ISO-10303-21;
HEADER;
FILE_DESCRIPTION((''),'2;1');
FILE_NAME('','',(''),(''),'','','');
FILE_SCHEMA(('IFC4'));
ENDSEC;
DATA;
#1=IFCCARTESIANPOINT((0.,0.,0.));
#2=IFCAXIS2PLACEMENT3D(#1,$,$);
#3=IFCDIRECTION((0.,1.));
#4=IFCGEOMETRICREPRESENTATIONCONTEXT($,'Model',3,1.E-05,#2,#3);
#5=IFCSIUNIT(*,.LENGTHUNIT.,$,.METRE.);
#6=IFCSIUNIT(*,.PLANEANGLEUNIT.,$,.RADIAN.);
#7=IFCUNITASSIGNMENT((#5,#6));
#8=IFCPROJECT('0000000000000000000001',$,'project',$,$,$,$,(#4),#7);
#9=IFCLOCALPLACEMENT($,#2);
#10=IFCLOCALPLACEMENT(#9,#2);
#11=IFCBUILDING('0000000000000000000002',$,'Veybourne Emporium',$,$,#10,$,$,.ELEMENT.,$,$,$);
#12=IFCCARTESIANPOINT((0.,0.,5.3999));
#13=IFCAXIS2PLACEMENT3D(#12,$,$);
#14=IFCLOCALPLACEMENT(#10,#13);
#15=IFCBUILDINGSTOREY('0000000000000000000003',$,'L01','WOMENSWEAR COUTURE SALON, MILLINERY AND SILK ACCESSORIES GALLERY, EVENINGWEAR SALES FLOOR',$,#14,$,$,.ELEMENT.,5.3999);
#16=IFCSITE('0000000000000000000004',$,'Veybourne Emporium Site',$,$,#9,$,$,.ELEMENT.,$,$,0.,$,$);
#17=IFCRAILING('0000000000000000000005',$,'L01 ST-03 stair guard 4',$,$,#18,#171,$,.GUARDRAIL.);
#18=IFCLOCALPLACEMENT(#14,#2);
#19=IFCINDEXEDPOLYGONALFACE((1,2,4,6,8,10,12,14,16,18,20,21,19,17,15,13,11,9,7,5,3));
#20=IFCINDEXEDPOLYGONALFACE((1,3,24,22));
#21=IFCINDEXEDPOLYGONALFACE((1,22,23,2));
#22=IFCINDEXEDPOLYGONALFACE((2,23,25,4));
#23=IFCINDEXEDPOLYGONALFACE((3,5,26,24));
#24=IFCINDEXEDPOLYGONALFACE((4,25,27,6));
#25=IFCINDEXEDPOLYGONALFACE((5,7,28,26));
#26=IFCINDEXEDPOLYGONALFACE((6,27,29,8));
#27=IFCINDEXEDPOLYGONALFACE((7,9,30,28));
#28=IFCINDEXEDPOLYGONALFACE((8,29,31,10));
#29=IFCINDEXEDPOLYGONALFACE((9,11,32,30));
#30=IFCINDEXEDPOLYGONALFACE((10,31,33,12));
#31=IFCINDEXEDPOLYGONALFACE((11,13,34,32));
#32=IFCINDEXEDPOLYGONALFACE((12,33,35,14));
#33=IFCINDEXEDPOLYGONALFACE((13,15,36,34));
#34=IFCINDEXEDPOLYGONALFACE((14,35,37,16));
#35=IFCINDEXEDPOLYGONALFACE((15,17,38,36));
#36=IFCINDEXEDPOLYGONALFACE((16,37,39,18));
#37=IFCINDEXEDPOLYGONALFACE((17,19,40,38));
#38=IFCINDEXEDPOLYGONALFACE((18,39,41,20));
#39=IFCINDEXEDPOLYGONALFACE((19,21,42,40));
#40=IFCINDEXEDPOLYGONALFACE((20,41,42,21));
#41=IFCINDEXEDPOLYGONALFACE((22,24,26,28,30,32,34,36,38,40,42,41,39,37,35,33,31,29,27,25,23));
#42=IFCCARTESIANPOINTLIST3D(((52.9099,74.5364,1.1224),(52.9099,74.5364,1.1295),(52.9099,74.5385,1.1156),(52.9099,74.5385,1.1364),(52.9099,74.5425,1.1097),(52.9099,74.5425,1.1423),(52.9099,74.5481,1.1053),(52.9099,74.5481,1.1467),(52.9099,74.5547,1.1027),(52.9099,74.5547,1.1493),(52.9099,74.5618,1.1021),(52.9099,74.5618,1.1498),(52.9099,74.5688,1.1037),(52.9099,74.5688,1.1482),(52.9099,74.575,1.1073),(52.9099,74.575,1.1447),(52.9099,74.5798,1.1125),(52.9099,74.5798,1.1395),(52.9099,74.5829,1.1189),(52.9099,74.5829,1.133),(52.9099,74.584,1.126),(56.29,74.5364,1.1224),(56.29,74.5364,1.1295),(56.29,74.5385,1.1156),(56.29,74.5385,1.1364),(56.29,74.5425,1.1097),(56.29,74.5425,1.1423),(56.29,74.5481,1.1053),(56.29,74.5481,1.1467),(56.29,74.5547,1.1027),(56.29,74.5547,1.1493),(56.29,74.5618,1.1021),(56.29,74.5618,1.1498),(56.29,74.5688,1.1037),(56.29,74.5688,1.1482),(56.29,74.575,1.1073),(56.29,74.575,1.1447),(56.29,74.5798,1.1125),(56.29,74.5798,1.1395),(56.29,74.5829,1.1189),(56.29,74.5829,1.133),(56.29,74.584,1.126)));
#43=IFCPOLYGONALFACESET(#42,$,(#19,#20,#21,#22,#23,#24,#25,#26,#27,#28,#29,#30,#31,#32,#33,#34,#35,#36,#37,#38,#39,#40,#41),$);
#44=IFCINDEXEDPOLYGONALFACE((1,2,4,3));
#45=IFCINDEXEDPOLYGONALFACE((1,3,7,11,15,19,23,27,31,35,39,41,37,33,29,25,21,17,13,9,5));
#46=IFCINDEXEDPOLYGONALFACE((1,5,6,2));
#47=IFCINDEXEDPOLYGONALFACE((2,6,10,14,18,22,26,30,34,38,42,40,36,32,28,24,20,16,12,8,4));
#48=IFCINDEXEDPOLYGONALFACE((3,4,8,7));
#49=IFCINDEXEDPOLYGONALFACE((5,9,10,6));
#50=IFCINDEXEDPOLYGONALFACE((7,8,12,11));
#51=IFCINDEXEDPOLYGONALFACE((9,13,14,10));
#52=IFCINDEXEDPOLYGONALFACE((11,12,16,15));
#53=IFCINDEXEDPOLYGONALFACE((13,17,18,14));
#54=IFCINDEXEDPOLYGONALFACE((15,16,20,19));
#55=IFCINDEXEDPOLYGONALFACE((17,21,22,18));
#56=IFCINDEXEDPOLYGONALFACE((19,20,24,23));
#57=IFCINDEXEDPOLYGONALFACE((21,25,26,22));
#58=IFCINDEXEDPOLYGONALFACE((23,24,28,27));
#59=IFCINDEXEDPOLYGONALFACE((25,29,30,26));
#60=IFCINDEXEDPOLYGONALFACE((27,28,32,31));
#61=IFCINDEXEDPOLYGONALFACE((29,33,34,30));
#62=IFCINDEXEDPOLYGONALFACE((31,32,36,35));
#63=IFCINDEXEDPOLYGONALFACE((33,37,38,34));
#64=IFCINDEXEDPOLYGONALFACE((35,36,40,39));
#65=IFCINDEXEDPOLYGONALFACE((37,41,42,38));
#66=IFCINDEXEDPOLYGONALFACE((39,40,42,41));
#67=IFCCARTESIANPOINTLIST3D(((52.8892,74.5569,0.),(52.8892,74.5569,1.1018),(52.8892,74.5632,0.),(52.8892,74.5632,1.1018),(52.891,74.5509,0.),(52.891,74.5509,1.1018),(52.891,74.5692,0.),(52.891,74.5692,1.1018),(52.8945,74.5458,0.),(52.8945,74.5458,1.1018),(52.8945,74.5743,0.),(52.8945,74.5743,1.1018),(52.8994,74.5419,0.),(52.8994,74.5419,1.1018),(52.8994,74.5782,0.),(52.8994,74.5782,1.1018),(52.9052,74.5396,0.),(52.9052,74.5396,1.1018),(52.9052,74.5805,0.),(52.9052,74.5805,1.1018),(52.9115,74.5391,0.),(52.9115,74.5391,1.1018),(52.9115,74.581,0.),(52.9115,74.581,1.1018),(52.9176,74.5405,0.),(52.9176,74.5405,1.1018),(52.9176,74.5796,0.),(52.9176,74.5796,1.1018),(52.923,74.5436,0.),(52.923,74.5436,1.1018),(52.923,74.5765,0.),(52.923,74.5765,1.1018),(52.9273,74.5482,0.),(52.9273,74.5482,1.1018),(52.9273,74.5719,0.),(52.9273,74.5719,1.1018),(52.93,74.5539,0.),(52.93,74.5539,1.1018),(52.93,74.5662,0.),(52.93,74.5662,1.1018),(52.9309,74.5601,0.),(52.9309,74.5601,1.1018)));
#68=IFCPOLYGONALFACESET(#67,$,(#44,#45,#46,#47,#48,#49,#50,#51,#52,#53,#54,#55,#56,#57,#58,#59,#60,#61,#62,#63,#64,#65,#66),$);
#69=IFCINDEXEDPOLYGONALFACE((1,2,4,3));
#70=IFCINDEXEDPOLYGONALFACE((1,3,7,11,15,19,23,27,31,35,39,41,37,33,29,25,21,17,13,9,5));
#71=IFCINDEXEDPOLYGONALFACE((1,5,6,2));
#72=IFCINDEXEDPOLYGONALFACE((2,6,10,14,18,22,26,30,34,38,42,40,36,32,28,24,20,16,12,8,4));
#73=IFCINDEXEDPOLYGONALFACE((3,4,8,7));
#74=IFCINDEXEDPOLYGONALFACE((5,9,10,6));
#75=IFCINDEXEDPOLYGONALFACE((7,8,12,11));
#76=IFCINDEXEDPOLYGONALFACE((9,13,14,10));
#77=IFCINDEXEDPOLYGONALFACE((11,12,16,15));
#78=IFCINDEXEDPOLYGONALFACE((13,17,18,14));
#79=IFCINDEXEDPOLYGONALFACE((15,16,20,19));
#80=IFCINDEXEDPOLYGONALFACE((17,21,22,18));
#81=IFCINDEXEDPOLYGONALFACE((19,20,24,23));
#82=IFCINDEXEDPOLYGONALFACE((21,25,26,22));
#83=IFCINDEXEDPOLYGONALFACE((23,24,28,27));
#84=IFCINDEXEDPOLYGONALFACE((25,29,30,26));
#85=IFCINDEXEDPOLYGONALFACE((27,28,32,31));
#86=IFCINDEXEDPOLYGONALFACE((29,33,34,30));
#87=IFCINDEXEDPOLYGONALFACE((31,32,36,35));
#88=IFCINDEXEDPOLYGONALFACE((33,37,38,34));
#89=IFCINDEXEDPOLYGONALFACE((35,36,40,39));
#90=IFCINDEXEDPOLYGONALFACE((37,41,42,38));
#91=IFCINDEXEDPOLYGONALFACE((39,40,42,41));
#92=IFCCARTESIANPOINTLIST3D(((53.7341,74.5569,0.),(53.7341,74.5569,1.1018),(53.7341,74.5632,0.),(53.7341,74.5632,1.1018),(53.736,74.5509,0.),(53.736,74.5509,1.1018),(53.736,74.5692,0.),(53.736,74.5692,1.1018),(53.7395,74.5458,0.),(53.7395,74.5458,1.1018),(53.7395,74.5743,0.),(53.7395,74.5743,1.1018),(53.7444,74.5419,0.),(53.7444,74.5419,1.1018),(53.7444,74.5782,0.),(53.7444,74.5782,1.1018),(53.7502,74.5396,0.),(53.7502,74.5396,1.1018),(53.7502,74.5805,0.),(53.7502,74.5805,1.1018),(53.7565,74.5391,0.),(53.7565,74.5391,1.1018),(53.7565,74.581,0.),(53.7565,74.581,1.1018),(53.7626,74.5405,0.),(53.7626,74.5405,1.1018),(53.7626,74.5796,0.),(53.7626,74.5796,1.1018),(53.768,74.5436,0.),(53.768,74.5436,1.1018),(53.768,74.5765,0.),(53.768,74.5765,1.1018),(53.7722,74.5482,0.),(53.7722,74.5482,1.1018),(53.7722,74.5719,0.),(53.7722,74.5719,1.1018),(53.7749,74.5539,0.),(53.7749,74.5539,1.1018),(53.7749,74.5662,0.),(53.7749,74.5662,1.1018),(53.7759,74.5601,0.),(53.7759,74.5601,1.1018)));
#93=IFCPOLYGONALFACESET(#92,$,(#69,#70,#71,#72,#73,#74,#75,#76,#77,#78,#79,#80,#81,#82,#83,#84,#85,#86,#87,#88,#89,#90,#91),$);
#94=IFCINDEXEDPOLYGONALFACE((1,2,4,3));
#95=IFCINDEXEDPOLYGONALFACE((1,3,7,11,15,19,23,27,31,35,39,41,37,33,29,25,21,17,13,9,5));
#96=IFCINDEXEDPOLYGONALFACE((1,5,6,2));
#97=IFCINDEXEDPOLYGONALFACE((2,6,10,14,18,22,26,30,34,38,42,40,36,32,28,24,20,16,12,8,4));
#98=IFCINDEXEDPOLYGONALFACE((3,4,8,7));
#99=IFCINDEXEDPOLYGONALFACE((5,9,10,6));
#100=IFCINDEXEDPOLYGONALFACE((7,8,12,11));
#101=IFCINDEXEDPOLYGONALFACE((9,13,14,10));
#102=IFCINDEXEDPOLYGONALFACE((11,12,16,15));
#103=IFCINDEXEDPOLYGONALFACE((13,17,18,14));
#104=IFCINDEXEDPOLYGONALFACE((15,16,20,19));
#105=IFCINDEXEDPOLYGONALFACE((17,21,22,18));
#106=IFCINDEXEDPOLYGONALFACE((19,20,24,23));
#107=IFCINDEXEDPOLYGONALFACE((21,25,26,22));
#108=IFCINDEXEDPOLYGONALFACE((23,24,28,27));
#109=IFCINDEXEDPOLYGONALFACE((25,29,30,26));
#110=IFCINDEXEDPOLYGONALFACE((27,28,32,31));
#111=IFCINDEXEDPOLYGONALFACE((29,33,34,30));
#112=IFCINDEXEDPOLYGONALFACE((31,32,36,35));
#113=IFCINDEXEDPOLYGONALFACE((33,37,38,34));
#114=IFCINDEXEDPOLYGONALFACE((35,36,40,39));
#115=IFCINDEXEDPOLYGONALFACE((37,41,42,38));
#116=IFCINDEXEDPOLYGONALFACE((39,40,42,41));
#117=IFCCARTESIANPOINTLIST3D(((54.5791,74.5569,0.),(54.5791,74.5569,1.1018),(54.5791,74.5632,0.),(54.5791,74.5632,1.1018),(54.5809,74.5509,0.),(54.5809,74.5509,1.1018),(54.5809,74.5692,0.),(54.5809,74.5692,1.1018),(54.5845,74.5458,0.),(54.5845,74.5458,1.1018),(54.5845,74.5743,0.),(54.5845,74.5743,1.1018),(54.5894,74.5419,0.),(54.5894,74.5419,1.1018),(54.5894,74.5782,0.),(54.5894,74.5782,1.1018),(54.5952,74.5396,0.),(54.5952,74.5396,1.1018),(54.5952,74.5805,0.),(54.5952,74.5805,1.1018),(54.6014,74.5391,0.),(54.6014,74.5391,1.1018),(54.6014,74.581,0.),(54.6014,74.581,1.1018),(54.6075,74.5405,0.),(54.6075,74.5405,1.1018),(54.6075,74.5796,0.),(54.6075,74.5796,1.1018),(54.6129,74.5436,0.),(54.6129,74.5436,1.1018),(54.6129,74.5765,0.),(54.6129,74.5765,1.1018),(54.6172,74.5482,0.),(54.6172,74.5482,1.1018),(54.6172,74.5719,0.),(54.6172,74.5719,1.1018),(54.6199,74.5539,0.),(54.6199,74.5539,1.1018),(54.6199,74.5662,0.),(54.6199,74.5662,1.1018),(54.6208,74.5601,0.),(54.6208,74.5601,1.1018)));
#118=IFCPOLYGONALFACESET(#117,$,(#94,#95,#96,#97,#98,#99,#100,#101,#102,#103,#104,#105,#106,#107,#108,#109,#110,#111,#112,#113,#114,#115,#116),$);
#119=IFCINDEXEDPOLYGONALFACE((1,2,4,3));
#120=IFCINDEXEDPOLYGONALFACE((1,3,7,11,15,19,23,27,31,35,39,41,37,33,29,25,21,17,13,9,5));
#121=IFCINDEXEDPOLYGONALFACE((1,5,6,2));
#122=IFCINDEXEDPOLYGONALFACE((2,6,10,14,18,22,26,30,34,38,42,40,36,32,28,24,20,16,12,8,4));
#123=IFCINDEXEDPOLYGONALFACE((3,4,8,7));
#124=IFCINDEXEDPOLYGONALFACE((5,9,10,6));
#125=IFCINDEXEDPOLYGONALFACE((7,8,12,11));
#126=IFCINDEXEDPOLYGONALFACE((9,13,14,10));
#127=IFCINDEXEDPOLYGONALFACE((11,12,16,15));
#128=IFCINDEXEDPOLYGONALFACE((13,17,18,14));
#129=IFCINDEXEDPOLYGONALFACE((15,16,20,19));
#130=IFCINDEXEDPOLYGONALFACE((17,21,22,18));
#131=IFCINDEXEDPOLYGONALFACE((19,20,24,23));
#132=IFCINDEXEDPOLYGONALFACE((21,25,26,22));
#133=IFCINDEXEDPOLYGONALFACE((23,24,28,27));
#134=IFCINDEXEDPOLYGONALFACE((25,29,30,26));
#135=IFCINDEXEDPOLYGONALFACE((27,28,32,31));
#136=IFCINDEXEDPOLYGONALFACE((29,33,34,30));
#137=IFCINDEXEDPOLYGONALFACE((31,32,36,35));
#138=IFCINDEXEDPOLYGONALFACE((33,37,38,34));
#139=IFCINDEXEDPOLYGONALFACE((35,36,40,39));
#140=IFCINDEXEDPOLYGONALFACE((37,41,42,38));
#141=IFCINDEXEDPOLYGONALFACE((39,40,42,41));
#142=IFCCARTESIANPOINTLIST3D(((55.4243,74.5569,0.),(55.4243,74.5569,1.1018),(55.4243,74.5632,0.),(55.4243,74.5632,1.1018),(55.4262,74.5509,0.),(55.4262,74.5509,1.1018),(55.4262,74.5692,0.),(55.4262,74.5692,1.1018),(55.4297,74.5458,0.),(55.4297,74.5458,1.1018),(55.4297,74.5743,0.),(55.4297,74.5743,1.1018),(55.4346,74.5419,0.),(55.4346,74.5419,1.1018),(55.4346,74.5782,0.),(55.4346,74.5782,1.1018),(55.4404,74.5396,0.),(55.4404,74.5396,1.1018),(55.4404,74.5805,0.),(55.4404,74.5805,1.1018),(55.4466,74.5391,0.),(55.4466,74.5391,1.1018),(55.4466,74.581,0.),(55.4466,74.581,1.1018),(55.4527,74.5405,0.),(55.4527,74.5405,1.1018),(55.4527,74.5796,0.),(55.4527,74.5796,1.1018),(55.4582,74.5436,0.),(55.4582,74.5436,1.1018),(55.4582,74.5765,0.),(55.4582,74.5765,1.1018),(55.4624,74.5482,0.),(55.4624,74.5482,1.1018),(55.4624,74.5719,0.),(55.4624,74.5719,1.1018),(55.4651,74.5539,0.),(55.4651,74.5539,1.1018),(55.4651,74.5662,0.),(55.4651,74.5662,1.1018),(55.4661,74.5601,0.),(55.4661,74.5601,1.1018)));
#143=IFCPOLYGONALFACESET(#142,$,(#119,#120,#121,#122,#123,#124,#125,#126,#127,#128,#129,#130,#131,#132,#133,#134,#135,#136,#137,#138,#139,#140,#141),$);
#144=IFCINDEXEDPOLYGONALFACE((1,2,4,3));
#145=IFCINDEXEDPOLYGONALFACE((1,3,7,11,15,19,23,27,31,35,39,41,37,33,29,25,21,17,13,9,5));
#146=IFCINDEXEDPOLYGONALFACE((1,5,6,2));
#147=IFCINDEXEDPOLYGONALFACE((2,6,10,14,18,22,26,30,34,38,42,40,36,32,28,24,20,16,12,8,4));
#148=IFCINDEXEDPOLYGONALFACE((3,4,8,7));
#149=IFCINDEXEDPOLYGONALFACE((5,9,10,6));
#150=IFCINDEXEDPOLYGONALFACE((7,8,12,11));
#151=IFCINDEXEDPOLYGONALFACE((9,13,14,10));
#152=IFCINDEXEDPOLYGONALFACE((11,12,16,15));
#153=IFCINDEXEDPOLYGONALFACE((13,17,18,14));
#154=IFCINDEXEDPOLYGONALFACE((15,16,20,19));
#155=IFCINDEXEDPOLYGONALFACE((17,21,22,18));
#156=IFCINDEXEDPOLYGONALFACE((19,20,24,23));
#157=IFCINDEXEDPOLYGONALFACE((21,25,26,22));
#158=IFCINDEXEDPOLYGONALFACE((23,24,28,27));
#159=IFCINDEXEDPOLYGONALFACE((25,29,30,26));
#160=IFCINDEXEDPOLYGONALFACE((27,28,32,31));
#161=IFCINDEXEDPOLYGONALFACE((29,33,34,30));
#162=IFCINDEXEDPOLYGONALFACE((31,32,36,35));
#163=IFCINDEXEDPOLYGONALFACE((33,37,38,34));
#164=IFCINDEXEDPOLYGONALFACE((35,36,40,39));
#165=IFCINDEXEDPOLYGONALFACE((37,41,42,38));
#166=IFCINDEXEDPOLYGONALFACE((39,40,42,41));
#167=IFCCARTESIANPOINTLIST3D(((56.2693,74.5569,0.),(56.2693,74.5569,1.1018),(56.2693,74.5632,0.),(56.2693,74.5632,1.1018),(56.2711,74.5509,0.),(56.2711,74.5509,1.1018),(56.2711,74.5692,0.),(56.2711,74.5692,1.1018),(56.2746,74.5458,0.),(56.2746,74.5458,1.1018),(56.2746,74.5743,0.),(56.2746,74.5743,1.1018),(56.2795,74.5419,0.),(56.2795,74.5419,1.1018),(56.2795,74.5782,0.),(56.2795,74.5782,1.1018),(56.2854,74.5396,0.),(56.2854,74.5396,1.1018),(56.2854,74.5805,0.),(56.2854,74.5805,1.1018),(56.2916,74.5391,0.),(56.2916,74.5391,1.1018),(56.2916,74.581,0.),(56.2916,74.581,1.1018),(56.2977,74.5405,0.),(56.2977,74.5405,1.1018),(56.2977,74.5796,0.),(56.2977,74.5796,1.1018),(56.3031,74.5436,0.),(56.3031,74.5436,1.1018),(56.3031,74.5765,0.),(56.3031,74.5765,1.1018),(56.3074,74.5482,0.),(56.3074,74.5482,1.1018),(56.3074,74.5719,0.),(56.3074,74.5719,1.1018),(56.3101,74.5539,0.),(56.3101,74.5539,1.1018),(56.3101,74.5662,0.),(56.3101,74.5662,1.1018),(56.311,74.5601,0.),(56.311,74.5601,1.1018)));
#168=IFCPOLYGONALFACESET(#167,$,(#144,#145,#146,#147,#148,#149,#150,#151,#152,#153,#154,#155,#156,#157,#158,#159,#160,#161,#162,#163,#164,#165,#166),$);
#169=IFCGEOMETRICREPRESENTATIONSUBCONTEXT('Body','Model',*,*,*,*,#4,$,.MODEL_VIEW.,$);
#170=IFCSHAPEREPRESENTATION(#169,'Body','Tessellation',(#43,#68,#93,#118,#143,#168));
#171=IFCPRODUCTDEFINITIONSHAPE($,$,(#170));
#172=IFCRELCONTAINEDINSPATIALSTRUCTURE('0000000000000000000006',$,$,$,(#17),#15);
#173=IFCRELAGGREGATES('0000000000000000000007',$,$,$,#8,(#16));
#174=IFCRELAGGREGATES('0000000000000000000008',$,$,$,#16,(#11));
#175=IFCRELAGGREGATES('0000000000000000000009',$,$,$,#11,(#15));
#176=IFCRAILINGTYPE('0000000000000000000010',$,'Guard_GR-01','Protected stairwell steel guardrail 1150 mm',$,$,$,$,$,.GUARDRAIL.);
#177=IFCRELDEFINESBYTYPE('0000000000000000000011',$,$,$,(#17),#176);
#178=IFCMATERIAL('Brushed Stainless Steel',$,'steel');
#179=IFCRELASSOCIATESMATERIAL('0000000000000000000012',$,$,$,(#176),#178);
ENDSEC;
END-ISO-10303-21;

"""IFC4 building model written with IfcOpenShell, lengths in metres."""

from ifc_helpers import new_model, si_unit, direction, frame, origin, origin_2d, place, context, subcontext, project, spatial, circle, extrude, material, type_object, element, save


model = new_model("IFC4")

# Units and contexts
model_context = context("Model", 3, precision=1e-05, world=origin(), true_north=direction((0.0, 1.0)))
body_context = subcontext(model_context, "Body", "Model", "MODEL_VIEW")
ifc_project = project(units=[si_unit("LENGTHUNIT", "METRE"), si_unit("PLANEANGLEUNIT", "RADIAN")], contexts=[model_context])

# Site, building, storey
site_placement = place(None, origin())
site = spatial("IfcSite", under=ifc_project, at=site_placement, Name="Veybourne Emporium Site", CompositionType="ELEMENT", RefElevation=0.0)
building_placement = place(site_placement, origin())
building = spatial("IfcBuilding", under=site, at=building_placement, Name="Veybourne Emporium", CompositionType="ELEMENT")
storey_placement = place(building_placement, frame((0.0, 0.0, 5.3999)))
storey = spatial("IfcBuildingStorey", under=building, at=storey_placement, Name="L01", Description="WOMENSWEAR COUTURE SALON, MILLINERY AND SILK ACCESSORIES GALLERY, EVENINGWEAR SALES FLOOR", CompositionType="ELEMENT", Elevation=5.3999)

# Railing
ifc_material_1 = material(Name="Brushed Stainless Steel", Category="steel")
railing_type_1 = type_object("IfcRailingType", Name="Guard_GR-01", Description="Protected stairwell steel guardrail 1150 mm", PredefinedType="GUARDRAIL", material=ifc_material_1)
railing_1_placement = place(storey_placement, frame((52.9099, 74.5601, 0.0)))
element("IfcRailing", 1, at=railing_1_placement, inside=storey, type_object=railing_type_1, Name="L01 ST-03 stair guard 4", PredefinedType="GUARDRAIL", context=body_context, shape_type="SweptSolid", body=[
    extrude(circle(Radius=0.0239, at=origin_2d()), frame((0.0, 0.0, 1.126), z_axis=(1.0, 0.0, 0.0), x_axis=(0.0, 1.0, 0.0)), (0.0, 0.0, 1.0), 3.3801),
    extrude(circle(Radius=0.021, at=origin_2d()), origin(), (0.0, 0.0, 1.0), 1.1018),
    extrude(circle(Radius=0.021, at=origin_2d()), frame((0.845, 0.0, 0.0)), (0.0, 0.0, 1.0), 1.1018),
    extrude(circle(Radius=0.021, at=origin_2d()), frame((1.6899, 0.0, 0.0)), (0.0, 0.0, 1.0), 1.1018),
    extrude(circle(Radius=0.021, at=origin_2d()), frame((2.5352, 0.0, 0.0)), (0.0, 0.0, 1.0), 1.1018),
    extrude(circle(Radius=0.021, at=origin_2d()), frame((3.3801, 0.0, 0.0)), (0.0, 0.0, 1.0), 1.1018),
])

save(model, "model.ifc")
